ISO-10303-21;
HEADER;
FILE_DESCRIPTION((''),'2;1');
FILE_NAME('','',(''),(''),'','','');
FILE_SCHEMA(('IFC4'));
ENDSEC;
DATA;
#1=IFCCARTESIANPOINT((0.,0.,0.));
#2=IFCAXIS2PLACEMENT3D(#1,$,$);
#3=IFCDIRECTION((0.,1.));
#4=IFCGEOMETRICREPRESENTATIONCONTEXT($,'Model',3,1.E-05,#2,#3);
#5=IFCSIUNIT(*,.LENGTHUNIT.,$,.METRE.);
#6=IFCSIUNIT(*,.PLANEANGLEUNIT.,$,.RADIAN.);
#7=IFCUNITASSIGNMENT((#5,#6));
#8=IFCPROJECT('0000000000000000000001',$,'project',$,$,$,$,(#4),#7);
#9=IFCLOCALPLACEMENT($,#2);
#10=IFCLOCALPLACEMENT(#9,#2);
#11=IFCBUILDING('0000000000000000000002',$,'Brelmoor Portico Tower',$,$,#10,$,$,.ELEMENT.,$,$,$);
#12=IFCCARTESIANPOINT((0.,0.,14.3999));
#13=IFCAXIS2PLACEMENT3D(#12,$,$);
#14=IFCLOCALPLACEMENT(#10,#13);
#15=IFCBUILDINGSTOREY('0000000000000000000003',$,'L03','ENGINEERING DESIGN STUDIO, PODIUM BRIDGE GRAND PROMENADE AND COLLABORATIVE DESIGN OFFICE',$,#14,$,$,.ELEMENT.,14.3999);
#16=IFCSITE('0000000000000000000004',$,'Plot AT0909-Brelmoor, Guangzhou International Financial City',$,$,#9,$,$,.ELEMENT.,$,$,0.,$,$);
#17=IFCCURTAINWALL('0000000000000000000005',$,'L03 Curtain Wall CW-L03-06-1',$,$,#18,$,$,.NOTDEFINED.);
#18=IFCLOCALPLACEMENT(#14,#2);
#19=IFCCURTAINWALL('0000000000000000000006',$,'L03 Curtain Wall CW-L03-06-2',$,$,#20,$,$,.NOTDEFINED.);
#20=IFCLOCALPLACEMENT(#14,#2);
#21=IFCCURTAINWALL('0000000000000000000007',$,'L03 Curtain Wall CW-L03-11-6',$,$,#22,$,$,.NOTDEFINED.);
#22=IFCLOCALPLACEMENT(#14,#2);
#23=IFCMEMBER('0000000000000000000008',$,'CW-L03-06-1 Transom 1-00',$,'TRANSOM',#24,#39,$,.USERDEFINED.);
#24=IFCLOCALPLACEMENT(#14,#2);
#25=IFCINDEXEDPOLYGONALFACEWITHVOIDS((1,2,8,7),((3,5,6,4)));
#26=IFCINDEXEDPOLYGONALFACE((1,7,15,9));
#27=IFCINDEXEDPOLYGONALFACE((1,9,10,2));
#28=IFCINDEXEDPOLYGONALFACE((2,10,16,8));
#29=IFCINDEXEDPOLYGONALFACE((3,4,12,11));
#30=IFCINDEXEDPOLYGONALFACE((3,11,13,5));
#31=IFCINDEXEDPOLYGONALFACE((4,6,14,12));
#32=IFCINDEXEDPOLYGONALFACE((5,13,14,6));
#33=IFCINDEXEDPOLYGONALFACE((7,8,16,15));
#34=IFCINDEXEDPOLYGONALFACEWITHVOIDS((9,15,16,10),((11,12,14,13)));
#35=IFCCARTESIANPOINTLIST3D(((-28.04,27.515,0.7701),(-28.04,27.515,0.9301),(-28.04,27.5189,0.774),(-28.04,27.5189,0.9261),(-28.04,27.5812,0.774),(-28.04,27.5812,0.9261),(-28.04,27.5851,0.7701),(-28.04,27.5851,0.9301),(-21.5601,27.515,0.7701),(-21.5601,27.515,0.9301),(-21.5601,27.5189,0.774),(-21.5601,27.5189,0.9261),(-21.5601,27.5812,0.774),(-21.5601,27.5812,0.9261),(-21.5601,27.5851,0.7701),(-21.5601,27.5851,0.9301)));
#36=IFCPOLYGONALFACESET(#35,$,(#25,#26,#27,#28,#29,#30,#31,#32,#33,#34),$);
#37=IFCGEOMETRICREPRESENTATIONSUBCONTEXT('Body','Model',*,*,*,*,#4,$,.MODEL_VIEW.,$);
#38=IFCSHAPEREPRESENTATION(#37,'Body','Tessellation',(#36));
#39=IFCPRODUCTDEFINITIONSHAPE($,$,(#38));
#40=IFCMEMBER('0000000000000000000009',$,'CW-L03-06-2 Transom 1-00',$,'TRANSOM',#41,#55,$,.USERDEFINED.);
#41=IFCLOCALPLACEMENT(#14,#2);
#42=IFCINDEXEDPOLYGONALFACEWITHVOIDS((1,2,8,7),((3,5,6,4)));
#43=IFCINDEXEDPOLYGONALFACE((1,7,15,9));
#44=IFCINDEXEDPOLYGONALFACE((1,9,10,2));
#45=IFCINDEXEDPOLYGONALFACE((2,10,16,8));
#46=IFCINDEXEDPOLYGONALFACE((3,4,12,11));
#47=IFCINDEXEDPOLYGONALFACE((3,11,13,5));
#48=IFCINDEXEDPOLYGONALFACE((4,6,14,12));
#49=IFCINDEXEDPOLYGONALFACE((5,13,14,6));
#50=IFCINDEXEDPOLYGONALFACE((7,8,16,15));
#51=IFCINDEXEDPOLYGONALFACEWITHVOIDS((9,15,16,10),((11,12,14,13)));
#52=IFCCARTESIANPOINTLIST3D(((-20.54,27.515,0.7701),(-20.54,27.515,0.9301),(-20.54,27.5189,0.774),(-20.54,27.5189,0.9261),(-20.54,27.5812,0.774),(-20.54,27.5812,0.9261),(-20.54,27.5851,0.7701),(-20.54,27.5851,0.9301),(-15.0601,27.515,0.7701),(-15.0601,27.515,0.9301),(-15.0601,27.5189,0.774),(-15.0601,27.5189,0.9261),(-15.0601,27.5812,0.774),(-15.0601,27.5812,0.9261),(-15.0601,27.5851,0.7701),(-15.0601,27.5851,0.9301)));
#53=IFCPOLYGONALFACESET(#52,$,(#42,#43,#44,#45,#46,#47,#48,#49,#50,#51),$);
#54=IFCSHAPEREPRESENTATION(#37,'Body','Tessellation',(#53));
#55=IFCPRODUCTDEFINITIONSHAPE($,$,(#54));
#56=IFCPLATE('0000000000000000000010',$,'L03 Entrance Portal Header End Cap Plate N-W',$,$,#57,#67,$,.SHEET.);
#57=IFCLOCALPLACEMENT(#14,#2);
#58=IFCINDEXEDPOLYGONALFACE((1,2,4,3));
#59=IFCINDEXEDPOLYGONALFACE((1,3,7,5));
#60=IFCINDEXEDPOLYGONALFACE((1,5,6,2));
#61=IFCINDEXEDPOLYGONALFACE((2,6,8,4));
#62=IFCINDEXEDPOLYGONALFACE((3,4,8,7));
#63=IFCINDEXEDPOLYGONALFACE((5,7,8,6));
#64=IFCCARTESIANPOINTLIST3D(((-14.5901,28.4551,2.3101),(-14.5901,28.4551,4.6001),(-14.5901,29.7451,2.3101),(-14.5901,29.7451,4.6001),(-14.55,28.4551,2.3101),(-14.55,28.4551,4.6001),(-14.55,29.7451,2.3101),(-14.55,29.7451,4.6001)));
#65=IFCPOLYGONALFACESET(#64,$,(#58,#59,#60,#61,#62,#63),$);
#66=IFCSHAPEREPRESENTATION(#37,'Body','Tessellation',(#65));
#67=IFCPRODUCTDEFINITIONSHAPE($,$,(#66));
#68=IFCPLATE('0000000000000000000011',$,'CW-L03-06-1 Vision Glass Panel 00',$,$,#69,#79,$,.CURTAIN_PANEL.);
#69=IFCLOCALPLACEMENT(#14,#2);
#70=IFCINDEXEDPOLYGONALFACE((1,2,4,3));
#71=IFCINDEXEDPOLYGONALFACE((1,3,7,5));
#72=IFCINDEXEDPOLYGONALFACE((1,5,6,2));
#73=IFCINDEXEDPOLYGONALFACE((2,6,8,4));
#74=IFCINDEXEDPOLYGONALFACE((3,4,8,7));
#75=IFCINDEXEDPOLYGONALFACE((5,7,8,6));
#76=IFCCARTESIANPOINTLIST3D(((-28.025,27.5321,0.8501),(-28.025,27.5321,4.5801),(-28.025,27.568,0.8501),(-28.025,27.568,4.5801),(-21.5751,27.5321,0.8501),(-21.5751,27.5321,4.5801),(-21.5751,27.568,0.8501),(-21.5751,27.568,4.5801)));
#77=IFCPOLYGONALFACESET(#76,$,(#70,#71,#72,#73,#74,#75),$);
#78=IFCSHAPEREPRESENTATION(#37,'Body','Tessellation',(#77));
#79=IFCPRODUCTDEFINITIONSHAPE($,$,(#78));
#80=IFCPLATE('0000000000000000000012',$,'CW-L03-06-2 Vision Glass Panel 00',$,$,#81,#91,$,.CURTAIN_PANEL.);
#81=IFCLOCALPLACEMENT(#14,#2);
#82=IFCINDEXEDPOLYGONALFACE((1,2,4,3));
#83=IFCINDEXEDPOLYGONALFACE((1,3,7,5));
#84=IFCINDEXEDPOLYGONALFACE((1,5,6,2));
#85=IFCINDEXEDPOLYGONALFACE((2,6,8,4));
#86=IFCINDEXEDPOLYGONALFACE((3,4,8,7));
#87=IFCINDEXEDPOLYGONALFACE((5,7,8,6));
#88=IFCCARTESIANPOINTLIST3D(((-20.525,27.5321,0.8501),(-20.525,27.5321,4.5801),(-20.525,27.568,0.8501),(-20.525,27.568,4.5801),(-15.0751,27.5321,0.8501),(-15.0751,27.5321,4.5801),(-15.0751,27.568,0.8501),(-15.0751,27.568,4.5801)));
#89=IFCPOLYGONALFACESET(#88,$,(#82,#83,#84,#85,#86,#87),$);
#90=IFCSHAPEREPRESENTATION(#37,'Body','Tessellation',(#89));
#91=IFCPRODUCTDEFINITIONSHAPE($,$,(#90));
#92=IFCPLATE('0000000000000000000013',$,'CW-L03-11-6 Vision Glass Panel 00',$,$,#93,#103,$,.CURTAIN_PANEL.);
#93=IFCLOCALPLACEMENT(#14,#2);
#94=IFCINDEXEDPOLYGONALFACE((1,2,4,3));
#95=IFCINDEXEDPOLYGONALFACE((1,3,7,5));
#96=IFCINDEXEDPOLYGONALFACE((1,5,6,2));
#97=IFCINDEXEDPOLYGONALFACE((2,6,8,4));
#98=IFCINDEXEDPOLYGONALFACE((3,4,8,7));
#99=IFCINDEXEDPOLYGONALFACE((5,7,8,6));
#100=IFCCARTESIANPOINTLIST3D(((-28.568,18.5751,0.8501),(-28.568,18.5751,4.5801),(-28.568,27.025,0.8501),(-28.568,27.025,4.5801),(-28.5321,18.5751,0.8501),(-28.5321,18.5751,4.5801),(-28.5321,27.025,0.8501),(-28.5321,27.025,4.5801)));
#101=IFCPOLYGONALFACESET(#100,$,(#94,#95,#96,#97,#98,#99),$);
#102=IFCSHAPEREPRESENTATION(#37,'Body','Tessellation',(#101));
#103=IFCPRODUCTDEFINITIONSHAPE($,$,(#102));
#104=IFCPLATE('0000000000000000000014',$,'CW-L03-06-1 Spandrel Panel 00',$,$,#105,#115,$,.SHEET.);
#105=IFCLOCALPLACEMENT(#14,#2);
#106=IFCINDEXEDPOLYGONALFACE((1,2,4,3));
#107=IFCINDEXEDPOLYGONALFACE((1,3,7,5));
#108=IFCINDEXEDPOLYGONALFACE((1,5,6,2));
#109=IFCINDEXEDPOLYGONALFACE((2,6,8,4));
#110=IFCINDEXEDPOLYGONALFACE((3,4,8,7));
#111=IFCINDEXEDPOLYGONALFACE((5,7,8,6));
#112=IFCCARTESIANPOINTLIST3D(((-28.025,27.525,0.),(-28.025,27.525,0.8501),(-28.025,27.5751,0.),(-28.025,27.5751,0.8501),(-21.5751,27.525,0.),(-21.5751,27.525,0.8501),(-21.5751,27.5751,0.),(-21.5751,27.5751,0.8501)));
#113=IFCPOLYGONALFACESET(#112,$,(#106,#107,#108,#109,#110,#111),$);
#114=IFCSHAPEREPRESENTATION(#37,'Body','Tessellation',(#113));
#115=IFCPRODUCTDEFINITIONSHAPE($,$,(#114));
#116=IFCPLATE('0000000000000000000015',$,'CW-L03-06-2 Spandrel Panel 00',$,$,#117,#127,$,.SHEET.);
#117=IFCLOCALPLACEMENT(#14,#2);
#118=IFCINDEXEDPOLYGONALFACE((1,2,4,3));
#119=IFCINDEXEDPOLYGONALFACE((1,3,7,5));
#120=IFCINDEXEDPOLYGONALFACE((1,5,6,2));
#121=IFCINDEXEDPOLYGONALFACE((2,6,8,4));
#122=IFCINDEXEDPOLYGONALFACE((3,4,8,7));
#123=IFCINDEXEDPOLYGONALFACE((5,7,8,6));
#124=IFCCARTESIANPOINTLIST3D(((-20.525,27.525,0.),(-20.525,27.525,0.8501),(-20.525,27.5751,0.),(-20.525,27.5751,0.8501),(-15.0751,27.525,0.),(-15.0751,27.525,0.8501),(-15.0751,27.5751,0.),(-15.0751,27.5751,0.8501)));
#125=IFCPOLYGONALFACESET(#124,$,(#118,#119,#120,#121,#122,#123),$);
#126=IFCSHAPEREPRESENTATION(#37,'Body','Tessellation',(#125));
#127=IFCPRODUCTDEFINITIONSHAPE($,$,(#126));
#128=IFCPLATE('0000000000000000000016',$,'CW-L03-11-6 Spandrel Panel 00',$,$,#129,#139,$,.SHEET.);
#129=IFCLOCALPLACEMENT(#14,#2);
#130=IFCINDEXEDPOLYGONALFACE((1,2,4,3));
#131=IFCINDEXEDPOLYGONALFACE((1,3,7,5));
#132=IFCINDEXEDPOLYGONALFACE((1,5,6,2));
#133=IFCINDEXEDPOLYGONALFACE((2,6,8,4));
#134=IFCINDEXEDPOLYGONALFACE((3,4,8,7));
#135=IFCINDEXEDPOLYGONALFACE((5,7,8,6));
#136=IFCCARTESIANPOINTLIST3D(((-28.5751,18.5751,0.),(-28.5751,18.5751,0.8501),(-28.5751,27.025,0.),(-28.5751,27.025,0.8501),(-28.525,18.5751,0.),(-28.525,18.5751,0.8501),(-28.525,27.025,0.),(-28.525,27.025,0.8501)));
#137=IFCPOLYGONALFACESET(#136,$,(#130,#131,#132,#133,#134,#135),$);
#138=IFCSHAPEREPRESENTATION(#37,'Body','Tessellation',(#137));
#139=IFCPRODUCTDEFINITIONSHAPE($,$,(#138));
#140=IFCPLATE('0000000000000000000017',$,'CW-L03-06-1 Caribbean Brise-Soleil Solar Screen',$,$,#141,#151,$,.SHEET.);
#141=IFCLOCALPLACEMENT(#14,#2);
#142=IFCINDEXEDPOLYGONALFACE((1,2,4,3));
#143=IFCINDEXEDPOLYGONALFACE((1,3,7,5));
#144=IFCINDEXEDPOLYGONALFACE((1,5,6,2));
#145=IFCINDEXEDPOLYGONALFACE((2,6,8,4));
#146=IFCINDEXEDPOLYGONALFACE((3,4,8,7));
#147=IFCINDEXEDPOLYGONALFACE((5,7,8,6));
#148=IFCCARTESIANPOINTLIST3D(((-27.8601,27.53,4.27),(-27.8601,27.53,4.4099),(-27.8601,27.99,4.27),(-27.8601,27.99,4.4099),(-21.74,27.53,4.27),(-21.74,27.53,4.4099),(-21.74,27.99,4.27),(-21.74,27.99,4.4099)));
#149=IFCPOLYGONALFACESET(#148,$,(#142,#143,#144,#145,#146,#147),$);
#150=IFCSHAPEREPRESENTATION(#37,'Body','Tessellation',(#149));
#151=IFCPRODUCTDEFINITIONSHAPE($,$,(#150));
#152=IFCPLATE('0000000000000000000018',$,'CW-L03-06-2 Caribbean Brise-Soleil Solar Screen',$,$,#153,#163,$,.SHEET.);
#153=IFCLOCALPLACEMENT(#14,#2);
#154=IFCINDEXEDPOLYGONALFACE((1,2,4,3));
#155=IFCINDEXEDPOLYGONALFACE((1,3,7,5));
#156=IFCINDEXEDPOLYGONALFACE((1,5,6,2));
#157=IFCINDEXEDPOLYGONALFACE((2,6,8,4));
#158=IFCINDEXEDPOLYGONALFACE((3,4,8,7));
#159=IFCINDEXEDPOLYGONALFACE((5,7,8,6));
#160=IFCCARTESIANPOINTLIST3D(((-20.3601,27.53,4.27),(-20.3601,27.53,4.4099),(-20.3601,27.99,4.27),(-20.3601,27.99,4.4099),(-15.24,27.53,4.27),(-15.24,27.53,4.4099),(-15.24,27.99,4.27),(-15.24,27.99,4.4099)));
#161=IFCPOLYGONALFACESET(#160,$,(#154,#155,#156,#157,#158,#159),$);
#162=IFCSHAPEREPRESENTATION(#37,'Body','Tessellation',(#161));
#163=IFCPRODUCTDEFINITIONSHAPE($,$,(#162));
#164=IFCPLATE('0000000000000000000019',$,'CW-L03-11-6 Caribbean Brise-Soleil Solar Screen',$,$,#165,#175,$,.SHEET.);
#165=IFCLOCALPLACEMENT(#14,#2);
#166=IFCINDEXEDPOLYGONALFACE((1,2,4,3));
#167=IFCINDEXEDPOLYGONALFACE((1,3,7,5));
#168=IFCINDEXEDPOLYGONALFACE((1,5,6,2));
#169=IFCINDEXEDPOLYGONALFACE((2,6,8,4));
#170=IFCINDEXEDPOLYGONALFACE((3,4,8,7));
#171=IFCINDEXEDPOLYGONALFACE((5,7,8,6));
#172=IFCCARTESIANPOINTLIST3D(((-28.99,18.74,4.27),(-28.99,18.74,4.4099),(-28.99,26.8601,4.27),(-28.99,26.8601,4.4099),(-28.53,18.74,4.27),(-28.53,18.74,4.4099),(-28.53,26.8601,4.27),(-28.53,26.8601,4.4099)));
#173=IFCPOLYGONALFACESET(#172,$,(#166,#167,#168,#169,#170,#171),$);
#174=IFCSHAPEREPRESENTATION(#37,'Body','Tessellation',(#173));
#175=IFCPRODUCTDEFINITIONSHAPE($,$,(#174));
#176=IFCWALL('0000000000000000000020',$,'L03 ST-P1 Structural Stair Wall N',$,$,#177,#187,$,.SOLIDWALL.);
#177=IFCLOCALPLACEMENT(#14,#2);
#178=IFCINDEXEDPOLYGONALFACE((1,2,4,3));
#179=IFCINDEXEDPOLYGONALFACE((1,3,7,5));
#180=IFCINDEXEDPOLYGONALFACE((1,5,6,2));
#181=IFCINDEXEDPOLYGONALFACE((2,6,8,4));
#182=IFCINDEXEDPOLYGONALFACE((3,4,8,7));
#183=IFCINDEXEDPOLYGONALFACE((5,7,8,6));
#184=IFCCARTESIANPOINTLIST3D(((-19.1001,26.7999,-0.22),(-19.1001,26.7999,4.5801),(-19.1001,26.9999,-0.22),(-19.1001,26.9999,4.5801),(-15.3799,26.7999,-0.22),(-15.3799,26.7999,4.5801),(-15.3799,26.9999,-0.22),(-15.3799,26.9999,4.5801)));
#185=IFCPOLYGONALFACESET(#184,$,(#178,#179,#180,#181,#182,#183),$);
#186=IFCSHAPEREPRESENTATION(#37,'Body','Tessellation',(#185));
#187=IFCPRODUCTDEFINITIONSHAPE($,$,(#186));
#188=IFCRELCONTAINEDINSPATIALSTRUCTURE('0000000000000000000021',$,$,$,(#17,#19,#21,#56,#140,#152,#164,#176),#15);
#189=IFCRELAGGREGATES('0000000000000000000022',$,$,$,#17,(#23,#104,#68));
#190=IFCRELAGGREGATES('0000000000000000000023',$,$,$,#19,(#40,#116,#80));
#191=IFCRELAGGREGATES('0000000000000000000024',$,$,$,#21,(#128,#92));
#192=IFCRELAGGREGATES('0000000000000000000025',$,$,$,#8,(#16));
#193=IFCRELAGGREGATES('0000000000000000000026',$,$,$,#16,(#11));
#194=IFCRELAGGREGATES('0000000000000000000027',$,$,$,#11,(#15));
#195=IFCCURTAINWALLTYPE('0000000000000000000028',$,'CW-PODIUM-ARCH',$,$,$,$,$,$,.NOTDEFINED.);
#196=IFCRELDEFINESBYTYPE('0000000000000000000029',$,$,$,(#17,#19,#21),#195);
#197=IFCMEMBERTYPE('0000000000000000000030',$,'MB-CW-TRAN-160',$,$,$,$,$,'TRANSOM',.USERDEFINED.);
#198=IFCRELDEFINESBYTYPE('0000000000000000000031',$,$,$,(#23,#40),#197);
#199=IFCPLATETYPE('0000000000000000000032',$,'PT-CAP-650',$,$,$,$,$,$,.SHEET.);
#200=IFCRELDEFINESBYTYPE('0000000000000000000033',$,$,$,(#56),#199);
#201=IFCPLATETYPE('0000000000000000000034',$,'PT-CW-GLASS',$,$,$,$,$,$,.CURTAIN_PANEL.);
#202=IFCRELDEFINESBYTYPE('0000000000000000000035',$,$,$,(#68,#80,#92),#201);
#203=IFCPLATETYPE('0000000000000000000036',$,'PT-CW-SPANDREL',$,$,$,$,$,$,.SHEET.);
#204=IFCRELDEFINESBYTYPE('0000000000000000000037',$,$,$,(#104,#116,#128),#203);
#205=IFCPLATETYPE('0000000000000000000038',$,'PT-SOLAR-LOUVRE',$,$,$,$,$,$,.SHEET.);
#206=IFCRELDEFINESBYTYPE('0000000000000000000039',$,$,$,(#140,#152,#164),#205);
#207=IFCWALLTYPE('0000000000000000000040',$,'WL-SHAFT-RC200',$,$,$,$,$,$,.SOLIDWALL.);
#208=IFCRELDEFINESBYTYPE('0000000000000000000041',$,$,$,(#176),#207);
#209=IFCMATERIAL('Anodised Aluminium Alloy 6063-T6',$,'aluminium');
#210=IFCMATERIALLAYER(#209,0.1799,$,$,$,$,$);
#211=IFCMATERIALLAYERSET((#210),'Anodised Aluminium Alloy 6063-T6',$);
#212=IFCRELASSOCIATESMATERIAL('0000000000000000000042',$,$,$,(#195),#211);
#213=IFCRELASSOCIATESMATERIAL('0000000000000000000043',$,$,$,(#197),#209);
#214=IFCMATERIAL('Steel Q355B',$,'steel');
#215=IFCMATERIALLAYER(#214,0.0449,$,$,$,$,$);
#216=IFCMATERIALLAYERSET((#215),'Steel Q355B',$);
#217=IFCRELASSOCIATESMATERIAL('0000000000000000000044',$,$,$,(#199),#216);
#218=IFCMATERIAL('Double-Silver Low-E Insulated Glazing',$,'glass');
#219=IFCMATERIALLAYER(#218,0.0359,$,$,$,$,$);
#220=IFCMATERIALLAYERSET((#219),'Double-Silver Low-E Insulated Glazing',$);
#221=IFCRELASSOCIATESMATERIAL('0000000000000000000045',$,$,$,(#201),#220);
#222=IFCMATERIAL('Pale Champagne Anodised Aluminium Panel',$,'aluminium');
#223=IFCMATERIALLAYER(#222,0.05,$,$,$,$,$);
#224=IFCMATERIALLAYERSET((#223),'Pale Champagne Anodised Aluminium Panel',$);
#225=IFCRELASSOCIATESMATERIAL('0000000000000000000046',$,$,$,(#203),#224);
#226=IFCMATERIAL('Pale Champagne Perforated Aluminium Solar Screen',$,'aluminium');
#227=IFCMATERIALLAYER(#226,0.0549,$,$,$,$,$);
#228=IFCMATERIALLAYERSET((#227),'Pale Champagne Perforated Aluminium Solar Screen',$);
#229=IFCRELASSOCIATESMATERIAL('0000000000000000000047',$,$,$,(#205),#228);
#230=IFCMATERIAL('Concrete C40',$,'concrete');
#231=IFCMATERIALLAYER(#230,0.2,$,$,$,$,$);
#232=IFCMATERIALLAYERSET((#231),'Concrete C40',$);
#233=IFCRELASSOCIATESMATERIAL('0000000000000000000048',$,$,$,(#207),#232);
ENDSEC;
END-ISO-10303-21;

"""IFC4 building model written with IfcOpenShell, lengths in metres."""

from ifc_helpers import new_model, si_unit, direction, frame, frame_2d, origin, origin_2d, place, context, subcontext, project, spatial, rectangle, hollow_rectangle, extrude, material, layer, layer_set, material_profile, profile_set, type_object, element, aggregate, save


model = new_model("IFC4")

# Units and contexts
model_context = context("Model", 3, precision=1e-05, world=origin(), true_north=direction((0.0, 1.0)))
body_context = subcontext(model_context, "Body", "Model", "MODEL_VIEW")
ifc_project = project(units=[si_unit("LENGTHUNIT", "METRE"), si_unit("PLANEANGLEUNIT", "RADIAN")], contexts=[model_context])

# Site, building, storey
site_placement = place(None, origin())
site = spatial("IfcSite", under=ifc_project, at=site_placement, Name="Plot AT0909-Brelmoor, Guangzhou International Financial City", CompositionType="ELEMENT", RefElevation=0.0)
building_placement = place(site_placement, origin())
building = spatial("IfcBuilding", under=site, at=building_placement, Name="Brelmoor Portico Tower", CompositionType="ELEMENT")
storey_placement = place(building_placement, frame((0.0, 0.0, 14.3999)))
storey = spatial("IfcBuildingStorey", under=building, at=storey_placement, Name="L03", Description="ENGINEERING DESIGN STUDIO, PODIUM BRIDGE GRAND PROMENADE AND COLLABORATIVE DESIGN OFFICE", CompositionType="ELEMENT", Elevation=14.3999)

# Shared definitions
ifc_material_1 = material(Name="Steel Q355B", Category="steel")

# Curtain walls
ifc_material_2 = material(Name="Anodised Aluminium Alloy 6063-T6", Category="aluminium")
ifc_layer_1 = layer(ifc_material_2, 0.1799)
ifc_layer_set_1 = layer_set([ifc_layer_1], Name="Anodised Aluminium Alloy 6063-T6")
curtain_wall_type = type_object("IfcCurtainWallType", Name="CW-PODIUM-ARCH", PredefinedType="NOTDEFINED", material=ifc_layer_set_1)
curtain_wall_1_placement = place(storey_placement, origin())
curtain_wall_1 = element("IfcCurtainWall", 1, at=curtain_wall_1_placement, inside=storey, type_object=curtain_wall_type, Name="L03 Curtain Wall CW-L03-06-1", PredefinedType="NOTDEFINED")
curtain_wall_2_placement = place(storey_placement, origin())
curtain_wall_2 = element("IfcCurtainWall", 2, at=curtain_wall_2_placement, inside=storey, type_object=curtain_wall_type, Name="L03 Curtain Wall CW-L03-06-2", PredefinedType="NOTDEFINED")

# Curtain wall
curtain_wall_3_placement = place(storey_placement, origin())
curtain_wall_3 = element("IfcCurtainWall", 3, at=curtain_wall_3_placement, inside=storey, type_object=curtain_wall_type, Name="L03 Curtain Wall CW-L03-11-6", PredefinedType="NOTDEFINED")

# Members
ifc_material_profile_1 = material_profile(ifc_material_2, hollow_rectangle(XDim=0.0701, YDim=0.1599, WallThickness=0.0039, at=origin_2d()), Name="ALU TRANSOM 70x160")
ifc_profile_set_1 = profile_set([ifc_material_profile_1], Name="Anodised Aluminium Alloy 6063-T6")
member_type_1 = type_object("IfcMemberType", Name="MB-CW-TRAN-160", ElementType="TRANSOM", PredefinedType="USERDEFINED", material=ifc_profile_set_1)
member_1_placement = place(storey_placement, frame((-28.04, 27.55, 0.8501), z_axis=(1.0, 0.0, 0.0), x_axis=(0.0, 1.0, 0.0)))
member_1 = element("IfcMember", 4, at=member_1_placement, type_object=member_type_1, Name="CW-L03-06-1 Transom 1-00", ObjectType="TRANSOM", PredefinedType="USERDEFINED", context=body_context, shape_type="SweptSolid", body=[
    extrude(hollow_rectangle(XDim=0.0701, YDim=0.1599, WallThickness=0.0039, at=origin_2d()), origin(), (0.0, 0.0, 1.0), 6.48),
])
member_2_placement = place(storey_placement, frame((-20.54, 27.55, 0.8501), z_axis=(1.0, 0.0, 0.0), x_axis=(0.0, 1.0, 0.0)))
member_2 = element("IfcMember", 5, at=member_2_placement, type_object=member_type_1, Name="CW-L03-06-2 Transom 1-00", ObjectType="TRANSOM", PredefinedType="USERDEFINED", context=body_context, shape_type="SweptSolid", body=[
    extrude(hollow_rectangle(XDim=0.0701, YDim=0.1599, WallThickness=0.0039, at=origin_2d()), origin(), (0.0, 0.0, 1.0), 5.48),
])

# Plates
ifc_layer_2 = layer(ifc_material_1, 0.0449)
ifc_layer_set_2 = layer_set([ifc_layer_2], Name="Steel Q355B")
plate_type_1 = type_object("IfcPlateType", Name="PT-CAP-650", PredefinedType="SHEET", material=ifc_layer_set_2)
plate_1_placement = place(storey_placement, frame((-14.5701, 29.1001, 2.3101), z_axis=(0.0, 0.0, 1.0), x_axis=(1.0, 0.0, 0.0)))
element("IfcPlate", 6, at=plate_1_placement, inside=storey, type_object=plate_type_1, Name="L03 Entrance Portal Header End Cap Plate N-W", PredefinedType="SHEET", context=body_context, shape_type="SweptSolid", body=[
    extrude(rectangle(XDim=0.04, YDim=1.29, at=origin_2d()), origin(), (0.0, 0.0, 1.0), 2.29),
])
ifc_material_3 = material(Name="Double-Silver Low-E Insulated Glazing", Category="glass")
ifc_layer_3 = layer(ifc_material_3, 0.0359)
ifc_layer_set_3 = layer_set([ifc_layer_3], Name="Double-Silver Low-E Insulated Glazing")
plate_type_2 = type_object("IfcPlateType", Name="PT-CW-GLASS", PredefinedType="CURTAIN_PANEL", material=ifc_layer_set_3)
plate_2_placement = place(storey_placement, frame((-24.8, 27.55, 0.8501), z_axis=(0.0, 0.0, 1.0), x_axis=(1.0, 0.0, 0.0)))
plate_2 = element("IfcPlate", 7, at=plate_2_placement, type_object=plate_type_2, Name="CW-L03-06-1 Vision Glass Panel 00", PredefinedType="CURTAIN_PANEL", context=body_context, shape_type="SweptSolid", body=[
    extrude(rectangle(XDim=6.45, YDim=0.0359, at=origin_2d()), origin(), (0.0, 0.0, 1.0), 3.73),
])
plate_3_placement = place(storey_placement, frame((-17.8, 27.55, 0.8501), z_axis=(0.0, 0.0, 1.0), x_axis=(1.0, 0.0, 0.0)))
plate_3 = element("IfcPlate", 8, at=plate_3_placement, type_object=plate_type_2, Name="CW-L03-06-2 Vision Glass Panel 00", PredefinedType="CURTAIN_PANEL", context=body_context, shape_type="SweptSolid", body=[
    extrude(rectangle(XDim=5.45, YDim=0.0359, at=origin_2d()), origin(), (0.0, 0.0, 1.0), 3.73),
])
plate_4_placement = place(storey_placement, frame((-28.55, 22.8, 0.8501), z_axis=(0.0, 0.0, 1.0), x_axis=(0.0, 1.0, 0.0)))
plate_4 = element("IfcPlate", 9, at=plate_4_placement, type_object=plate_type_2, Name="CW-L03-11-6 Vision Glass Panel 00", PredefinedType="CURTAIN_PANEL", context=body_context, shape_type="SweptSolid", body=[
    extrude(rectangle(XDim=8.45, YDim=0.0359, at=origin_2d()), origin(), (0.0, 0.0, 1.0), 3.73),
])
ifc_material_4 = material(Name="Pale Champagne Anodised Aluminium Panel", Category="aluminium")
ifc_layer_4 = layer(ifc_material_4, 0.05)
ifc_layer_set_4 = layer_set([ifc_layer_4], Name="Pale Champagne Anodised Aluminium Panel")
plate_type_3 = type_object("IfcPlateType", Name="PT-CW-SPANDREL", PredefinedType="SHEET", material=ifc_layer_set_4)
plate_5_placement = place(storey_placement, frame((-24.8, 27.55, 0.0), z_axis=(0.0, 0.0, 1.0), x_axis=(1.0, 0.0, 0.0)))
plate_5 = element("IfcPlate", 10, at=plate_5_placement, type_object=plate_type_3, Name="CW-L03-06-1 Spandrel Panel 00", PredefinedType="SHEET", context=body_context, shape_type="SweptSolid", body=[
    extrude(rectangle(XDim=6.45, YDim=0.05, at=origin_2d()), origin(), (0.0, 0.0, 1.0), 0.8501),
])
aggregate(curtain_wall_1, [member_1, plate_5, plate_2])
plate_6_placement = place(storey_placement, frame((-17.8, 27.55, 0.0), z_axis=(0.0, 0.0, 1.0), x_axis=(1.0, 0.0, 0.0)))
plate_6 = element("IfcPlate", 11, at=plate_6_placement, type_object=plate_type_3, Name="CW-L03-06-2 Spandrel Panel 00", PredefinedType="SHEET", context=body_context, shape_type="SweptSolid", body=[
    extrude(rectangle(XDim=5.45, YDim=0.05, at=origin_2d()), origin(), (0.0, 0.0, 1.0), 0.8501),
])
aggregate(curtain_wall_2, [member_2, plate_6, plate_3])
plate_7_placement = place(storey_placement, frame((-28.55, 22.8, 0.0), z_axis=(0.0, 0.0, 1.0), x_axis=(0.0, 1.0, 0.0)))
plate_7 = element("IfcPlate", 12, at=plate_7_placement, type_object=plate_type_3, Name="CW-L03-11-6 Spandrel Panel 00", PredefinedType="SHEET", context=body_context, shape_type="SweptSolid", body=[
    extrude(rectangle(XDim=8.45, YDim=0.05, at=origin_2d()), origin(), (0.0, 0.0, 1.0), 0.8501),
])
aggregate(curtain_wall_3, [plate_7, plate_4])

# Plates
ifc_material_5 = material(Name="Pale Champagne Perforated Aluminium Solar Screen", Category="aluminium")
ifc_layer_5 = layer(ifc_material_5, 0.0549)
ifc_layer_set_5 = layer_set([ifc_layer_5], Name="Pale Champagne Perforated Aluminium Solar Screen")
plate_type_4 = type_object("IfcPlateType", Name="PT-SOLAR-LOUVRE", PredefinedType="SHEET", material=ifc_layer_set_5)
plate_8_placement = place(storey_placement, frame((-24.8, 27.76, 4.27), z_axis=(0.0, 0.0, 1.0), x_axis=(1.0, 0.0, 0.0)))
element("IfcPlate", 13, at=plate_8_placement, inside=storey, type_object=plate_type_4, Name="CW-L03-06-1 Caribbean Brise-Soleil Solar Screen", PredefinedType="SHEET", context=body_context, shape_type="SweptSolid", body=[
    extrude(rectangle(XDim=6.1201, YDim=0.46, at=origin_2d()), origin(), (0.0, 0.0, 1.0), 0.1399),
])
plate_9_placement = place(storey_placement, frame((-17.8, 27.76, 4.27), z_axis=(0.0, 0.0, 1.0), x_axis=(1.0, 0.0, 0.0)))
element("IfcPlate", 14, at=plate_9_placement, inside=storey, type_object=plate_type_4, Name="CW-L03-06-2 Caribbean Brise-Soleil Solar Screen", PredefinedType="SHEET", context=body_context, shape_type="SweptSolid", body=[
    extrude(rectangle(XDim=5.1201, YDim=0.46, at=origin_2d()), origin(), (0.0, 0.0, 1.0), 0.1399),
])
plate_10_placement = place(storey_placement, frame((-28.76, 22.8, 4.27), z_axis=(0.0, 0.0, 1.0), x_axis=(0.0, 1.0, 0.0)))
element("IfcPlate", 15, at=plate_10_placement, inside=storey, type_object=plate_type_4, Name="CW-L03-11-6 Caribbean Brise-Soleil Solar Screen", PredefinedType="SHEET", context=body_context, shape_type="SweptSolid", body=[
    extrude(rectangle(XDim=8.1201, YDim=0.46, at=origin_2d()), origin(), (0.0, 0.0, 1.0), 0.1399),
])

# Wall
ifc_material_6 = material(Name="Concrete C40", Category="concrete")
ifc_layer_6 = layer(ifc_material_6, 0.2)
ifc_layer_set_6 = layer_set([ifc_layer_6], Name="Concrete C40")
wall_type = type_object("IfcWallType", Name="WL-SHAFT-RC200", PredefinedType="SOLIDWALL", material=ifc_layer_set_6)
wall_placement = place(storey_placement, frame((-19.1001, 26.8999, -0.22), z_axis=(0.0, 0.0, 1.0), x_axis=(1.0, 0.0, 0.0)))
element("IfcWall", 16, at=wall_placement, inside=storey, type_object=wall_type, Name="L03 ST-P1 Structural Stair Wall N", PredefinedType="SOLIDWALL", context=body_context, shape_type="SweptSolid", body=[
    extrude(rectangle(XDim=3.7202, YDim=0.2, at=frame_2d((1.8601, 0.0))), origin(), (0.0, 0.0, 1.0), 4.8),
])

save(model, "model.ifc")
